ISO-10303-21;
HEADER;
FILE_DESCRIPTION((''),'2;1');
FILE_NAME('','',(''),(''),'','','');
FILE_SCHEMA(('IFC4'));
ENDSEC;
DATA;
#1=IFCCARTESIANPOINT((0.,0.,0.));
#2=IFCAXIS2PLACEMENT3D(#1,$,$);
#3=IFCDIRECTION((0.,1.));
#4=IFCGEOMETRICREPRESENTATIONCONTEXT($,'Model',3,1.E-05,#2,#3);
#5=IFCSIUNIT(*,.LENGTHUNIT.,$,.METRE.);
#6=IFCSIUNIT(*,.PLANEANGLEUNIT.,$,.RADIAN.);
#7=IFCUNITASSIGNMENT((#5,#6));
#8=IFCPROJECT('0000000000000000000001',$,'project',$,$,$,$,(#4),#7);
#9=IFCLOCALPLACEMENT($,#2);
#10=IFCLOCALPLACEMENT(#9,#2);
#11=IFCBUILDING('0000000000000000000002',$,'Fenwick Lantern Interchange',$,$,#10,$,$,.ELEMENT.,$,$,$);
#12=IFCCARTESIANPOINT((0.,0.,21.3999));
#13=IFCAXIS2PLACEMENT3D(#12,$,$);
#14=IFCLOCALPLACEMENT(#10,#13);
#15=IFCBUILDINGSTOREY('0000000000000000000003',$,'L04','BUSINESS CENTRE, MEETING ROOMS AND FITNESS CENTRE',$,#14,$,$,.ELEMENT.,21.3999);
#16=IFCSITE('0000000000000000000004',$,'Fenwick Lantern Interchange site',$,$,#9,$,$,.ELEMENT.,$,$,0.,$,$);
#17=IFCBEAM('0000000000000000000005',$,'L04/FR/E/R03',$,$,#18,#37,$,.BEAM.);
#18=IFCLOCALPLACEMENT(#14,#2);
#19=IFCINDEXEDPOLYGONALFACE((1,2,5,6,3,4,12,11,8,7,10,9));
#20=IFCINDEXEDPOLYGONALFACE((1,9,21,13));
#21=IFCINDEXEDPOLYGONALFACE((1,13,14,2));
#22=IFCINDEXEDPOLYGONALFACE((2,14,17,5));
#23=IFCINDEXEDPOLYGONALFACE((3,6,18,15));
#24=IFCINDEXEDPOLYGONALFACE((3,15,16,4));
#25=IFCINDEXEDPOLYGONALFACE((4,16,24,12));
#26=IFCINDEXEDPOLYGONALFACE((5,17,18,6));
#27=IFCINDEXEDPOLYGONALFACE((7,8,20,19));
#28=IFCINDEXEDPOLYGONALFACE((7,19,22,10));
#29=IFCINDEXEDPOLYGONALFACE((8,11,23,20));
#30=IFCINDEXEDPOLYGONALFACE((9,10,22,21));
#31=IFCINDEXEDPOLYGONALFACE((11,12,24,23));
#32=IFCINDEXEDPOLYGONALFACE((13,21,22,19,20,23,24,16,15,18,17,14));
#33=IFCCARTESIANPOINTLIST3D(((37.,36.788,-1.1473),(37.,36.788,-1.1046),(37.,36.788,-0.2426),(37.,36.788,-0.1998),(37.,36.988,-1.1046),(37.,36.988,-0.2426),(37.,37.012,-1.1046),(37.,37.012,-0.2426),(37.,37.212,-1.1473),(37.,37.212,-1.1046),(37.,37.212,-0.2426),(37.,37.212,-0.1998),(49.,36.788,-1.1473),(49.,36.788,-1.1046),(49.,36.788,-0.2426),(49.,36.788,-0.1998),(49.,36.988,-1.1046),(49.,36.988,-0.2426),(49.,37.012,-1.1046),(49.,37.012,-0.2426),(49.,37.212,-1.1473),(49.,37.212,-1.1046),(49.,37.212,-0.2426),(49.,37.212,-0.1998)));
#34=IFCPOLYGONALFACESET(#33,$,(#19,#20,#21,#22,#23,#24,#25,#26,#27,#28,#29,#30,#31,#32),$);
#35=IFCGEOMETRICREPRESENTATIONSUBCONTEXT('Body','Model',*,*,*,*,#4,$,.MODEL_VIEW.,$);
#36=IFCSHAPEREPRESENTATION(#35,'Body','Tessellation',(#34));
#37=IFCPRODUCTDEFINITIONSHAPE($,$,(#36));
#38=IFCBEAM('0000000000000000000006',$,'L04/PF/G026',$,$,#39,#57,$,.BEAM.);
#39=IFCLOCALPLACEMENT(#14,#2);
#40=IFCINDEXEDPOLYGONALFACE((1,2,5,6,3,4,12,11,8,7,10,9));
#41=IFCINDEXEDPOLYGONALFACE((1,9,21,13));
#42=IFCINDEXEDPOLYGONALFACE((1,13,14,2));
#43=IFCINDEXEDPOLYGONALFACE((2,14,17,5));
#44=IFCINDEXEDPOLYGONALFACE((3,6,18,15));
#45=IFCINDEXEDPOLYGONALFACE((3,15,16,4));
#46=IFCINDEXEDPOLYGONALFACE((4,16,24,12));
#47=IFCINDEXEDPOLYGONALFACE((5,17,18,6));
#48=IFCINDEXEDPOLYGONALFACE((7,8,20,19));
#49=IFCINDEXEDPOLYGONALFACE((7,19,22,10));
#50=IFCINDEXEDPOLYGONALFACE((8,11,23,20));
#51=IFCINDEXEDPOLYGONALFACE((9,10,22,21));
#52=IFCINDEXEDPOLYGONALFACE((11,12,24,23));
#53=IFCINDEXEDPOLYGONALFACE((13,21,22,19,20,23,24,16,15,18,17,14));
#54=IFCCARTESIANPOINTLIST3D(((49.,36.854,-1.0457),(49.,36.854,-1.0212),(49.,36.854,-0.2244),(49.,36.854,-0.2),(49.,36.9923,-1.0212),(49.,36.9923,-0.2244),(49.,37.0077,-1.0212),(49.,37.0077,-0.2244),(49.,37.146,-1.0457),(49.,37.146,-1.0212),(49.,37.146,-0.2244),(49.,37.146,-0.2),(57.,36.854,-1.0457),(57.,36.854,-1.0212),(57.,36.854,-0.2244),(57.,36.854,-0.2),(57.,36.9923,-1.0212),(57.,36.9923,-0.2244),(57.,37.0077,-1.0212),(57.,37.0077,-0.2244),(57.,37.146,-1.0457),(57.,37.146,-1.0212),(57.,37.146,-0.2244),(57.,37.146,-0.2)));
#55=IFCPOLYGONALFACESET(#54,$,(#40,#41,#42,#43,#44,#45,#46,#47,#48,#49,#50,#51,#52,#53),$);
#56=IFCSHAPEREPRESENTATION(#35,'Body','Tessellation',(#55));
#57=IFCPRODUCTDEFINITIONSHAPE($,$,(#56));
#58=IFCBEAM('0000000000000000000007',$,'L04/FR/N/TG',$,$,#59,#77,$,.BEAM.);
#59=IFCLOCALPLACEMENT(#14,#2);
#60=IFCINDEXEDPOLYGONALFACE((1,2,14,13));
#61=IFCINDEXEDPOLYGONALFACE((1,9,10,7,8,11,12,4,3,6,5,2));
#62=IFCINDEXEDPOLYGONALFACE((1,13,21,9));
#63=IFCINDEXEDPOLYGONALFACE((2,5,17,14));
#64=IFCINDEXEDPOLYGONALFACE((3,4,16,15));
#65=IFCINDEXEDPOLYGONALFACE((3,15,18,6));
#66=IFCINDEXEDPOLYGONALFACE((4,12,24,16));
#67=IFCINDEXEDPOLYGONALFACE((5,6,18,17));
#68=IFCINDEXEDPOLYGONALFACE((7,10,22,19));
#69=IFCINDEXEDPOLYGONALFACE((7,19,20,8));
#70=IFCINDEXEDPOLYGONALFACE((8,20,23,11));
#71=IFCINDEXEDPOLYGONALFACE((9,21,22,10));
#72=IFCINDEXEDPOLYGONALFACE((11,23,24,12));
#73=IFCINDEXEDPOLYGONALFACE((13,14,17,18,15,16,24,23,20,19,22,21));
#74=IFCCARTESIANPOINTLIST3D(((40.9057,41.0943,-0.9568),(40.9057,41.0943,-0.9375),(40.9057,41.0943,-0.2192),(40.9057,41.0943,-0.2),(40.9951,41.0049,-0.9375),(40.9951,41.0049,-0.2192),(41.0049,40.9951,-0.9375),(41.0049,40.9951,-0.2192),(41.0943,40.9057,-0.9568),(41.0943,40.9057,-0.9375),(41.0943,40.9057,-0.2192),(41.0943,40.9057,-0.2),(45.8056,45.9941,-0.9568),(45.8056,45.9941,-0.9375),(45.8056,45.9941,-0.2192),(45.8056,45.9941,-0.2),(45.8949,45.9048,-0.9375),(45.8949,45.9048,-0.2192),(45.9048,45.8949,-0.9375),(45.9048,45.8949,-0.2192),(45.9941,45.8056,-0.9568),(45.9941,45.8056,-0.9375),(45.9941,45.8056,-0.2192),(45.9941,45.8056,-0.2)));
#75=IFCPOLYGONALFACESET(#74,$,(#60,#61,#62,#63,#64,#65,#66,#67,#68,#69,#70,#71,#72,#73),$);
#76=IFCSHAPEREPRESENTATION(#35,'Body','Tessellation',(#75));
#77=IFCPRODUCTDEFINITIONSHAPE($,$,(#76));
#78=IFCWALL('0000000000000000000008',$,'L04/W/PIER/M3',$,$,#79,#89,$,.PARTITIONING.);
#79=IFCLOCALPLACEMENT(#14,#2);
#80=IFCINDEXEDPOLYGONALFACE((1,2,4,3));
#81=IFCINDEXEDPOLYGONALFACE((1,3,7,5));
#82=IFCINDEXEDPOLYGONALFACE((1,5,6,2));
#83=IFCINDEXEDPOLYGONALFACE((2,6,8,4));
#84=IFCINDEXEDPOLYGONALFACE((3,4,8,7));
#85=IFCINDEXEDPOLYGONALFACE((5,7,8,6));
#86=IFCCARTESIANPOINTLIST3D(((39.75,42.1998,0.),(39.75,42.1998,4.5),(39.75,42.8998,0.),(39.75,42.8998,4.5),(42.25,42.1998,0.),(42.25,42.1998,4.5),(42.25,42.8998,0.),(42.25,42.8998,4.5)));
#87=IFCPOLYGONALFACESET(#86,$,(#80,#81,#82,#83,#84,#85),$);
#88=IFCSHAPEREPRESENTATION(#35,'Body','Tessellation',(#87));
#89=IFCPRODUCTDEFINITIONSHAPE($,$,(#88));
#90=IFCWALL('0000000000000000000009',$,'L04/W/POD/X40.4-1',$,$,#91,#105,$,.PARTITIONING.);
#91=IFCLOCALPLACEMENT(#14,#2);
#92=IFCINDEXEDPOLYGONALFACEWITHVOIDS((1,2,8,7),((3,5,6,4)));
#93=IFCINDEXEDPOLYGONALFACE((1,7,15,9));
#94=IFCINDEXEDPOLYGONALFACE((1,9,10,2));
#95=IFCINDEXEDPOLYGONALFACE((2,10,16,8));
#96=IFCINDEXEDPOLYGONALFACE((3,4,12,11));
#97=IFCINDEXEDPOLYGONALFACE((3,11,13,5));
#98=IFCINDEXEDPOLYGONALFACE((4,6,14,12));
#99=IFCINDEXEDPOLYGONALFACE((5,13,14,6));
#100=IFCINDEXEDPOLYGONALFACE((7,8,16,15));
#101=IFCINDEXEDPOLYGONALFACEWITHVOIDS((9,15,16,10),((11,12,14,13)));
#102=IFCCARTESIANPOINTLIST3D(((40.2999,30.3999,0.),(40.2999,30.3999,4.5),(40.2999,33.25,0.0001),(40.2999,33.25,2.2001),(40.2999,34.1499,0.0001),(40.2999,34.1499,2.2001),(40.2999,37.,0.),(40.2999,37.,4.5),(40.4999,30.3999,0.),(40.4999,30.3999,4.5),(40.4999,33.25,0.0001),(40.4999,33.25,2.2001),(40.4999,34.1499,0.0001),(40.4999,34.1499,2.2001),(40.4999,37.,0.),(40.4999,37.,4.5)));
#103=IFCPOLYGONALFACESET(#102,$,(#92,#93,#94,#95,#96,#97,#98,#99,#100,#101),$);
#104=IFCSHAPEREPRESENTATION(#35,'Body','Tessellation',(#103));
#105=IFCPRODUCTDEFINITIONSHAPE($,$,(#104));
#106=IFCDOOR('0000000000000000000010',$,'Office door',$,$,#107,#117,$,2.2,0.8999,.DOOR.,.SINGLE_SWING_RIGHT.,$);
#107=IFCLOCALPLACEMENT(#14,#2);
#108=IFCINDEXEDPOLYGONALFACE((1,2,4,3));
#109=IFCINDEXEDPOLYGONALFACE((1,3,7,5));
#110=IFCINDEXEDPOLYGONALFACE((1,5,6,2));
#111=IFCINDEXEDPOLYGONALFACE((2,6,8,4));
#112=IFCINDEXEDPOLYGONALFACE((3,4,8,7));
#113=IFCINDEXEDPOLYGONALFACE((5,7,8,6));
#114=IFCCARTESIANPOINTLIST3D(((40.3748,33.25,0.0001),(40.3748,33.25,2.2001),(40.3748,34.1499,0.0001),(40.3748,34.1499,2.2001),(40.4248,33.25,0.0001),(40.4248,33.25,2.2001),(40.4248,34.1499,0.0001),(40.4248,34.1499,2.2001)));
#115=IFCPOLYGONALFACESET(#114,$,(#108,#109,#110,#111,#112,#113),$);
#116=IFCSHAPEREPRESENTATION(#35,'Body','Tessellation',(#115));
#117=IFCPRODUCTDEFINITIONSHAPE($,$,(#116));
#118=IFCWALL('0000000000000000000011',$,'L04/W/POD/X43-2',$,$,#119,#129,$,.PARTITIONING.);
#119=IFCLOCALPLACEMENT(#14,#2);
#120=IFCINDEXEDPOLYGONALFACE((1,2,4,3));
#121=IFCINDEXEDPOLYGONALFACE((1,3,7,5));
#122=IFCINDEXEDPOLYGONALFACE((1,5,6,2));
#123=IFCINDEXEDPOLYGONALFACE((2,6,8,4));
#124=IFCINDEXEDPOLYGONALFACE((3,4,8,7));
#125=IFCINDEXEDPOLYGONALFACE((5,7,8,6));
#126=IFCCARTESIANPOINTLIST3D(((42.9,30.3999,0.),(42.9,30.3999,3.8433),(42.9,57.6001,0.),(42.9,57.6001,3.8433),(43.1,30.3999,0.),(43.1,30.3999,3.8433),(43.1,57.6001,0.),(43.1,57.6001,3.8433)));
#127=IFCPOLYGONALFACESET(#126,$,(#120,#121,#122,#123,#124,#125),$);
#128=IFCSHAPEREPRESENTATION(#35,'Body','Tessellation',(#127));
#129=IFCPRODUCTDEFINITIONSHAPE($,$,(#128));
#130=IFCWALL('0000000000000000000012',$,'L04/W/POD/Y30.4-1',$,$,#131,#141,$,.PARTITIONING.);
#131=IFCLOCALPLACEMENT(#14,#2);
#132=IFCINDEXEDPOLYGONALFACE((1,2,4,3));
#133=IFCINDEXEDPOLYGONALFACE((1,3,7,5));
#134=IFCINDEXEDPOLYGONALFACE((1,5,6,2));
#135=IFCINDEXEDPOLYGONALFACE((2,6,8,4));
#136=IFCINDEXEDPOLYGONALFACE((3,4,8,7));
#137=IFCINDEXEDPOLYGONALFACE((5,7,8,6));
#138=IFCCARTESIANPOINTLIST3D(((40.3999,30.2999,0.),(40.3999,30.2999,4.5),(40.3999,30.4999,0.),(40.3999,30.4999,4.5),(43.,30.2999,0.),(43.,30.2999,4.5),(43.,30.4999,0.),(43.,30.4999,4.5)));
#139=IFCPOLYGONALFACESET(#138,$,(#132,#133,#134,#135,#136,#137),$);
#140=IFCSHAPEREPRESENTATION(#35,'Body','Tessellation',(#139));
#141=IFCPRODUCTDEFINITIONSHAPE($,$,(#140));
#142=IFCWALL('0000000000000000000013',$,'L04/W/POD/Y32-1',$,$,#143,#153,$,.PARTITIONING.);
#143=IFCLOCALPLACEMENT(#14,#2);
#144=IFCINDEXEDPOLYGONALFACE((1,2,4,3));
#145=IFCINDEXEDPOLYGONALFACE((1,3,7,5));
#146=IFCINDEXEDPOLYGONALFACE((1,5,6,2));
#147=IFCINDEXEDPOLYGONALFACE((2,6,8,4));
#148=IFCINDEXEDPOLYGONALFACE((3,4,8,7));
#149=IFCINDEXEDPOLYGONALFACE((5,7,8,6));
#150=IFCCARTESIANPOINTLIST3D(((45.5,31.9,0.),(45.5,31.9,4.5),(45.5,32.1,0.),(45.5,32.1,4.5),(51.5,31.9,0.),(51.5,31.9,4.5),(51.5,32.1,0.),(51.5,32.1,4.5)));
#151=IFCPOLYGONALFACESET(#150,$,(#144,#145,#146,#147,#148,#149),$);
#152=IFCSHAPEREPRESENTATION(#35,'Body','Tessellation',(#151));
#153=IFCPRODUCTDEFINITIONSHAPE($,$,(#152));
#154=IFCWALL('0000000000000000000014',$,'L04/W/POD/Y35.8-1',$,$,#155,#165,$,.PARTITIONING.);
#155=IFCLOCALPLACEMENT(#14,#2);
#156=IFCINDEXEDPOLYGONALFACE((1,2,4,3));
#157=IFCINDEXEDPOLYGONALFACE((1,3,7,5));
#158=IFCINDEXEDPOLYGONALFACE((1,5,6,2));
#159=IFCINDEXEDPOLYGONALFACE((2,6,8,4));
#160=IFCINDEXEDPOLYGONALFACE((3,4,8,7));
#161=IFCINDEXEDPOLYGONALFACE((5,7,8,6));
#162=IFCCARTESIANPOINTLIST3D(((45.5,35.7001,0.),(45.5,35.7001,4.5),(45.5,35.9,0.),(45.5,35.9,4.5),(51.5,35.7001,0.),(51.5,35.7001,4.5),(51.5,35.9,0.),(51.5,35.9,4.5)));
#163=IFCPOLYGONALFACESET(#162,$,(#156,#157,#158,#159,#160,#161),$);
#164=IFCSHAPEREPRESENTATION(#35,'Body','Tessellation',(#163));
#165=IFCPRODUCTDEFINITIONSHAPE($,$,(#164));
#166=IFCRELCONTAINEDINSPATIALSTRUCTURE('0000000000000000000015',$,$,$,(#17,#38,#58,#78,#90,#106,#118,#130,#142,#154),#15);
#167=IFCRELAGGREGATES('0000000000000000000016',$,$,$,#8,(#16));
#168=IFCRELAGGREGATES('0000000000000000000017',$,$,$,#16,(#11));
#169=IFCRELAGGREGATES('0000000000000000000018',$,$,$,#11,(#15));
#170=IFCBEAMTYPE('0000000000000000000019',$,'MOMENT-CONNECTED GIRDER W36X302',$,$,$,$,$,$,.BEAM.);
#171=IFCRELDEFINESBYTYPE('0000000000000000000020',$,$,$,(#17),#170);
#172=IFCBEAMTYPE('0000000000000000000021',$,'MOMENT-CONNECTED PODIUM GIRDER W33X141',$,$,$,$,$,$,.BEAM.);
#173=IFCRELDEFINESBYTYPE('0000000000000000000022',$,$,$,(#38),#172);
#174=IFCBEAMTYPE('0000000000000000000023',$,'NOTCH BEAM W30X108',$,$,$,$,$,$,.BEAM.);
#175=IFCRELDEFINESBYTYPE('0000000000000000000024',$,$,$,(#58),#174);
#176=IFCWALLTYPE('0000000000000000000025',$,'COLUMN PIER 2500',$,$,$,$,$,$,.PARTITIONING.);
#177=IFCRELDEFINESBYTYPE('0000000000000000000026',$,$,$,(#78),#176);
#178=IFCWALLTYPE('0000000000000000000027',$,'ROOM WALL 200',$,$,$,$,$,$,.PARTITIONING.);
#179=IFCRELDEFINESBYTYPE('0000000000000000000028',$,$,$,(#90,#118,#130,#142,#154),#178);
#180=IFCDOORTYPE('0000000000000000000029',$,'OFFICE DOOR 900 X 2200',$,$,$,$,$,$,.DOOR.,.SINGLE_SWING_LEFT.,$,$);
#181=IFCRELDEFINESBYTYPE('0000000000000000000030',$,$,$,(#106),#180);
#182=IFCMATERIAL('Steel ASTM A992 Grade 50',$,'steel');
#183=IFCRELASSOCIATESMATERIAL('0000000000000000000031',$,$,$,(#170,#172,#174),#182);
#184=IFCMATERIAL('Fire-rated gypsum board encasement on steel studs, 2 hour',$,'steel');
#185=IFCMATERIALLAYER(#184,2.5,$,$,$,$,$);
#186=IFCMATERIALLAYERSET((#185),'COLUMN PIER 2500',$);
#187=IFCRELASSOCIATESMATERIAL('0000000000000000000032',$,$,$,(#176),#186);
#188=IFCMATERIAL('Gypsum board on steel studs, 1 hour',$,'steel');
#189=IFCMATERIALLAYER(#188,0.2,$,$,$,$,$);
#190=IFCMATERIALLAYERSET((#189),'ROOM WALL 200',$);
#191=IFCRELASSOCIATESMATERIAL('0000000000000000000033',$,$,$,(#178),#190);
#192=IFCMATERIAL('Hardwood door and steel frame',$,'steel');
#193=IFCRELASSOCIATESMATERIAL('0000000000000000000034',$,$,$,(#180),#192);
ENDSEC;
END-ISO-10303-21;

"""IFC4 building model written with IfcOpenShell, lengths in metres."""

from ifc_helpers import new_model, si_unit, direction, frame, frame_2d, origin, origin_2d, place, context, subcontext, project, spatial, rectangle, i_section, extrude, material, layer, layer_set, material_profile, profile_set, type_object, element, fill, save


model = new_model("IFC4")

# Units and contexts
model_context = context("Model", 3, precision=1e-05, world=origin(), true_north=direction((0.0, 1.0)))
body_context = subcontext(model_context, "Body", "Model", "MODEL_VIEW")
ifc_project = project(units=[si_unit("LENGTHUNIT", "METRE"), si_unit("PLANEANGLEUNIT", "RADIAN")], contexts=[model_context])

# Site, building, storey
site_placement = place(None, origin())
site = spatial("IfcSite", under=ifc_project, at=site_placement, Name="Fenwick Lantern Interchange site", CompositionType="ELEMENT", RefElevation=0.0)
building_placement = place(site_placement, origin())
building = spatial("IfcBuilding", under=site, at=building_placement, Name="Fenwick Lantern Interchange", CompositionType="ELEMENT")
storey_placement = place(building_placement, frame((0.0, 0.0, 21.3999)))
storey = spatial("IfcBuildingStorey", under=building, at=storey_placement, Name="L04", Description="BUSINESS CENTRE, MEETING ROOMS AND FITNESS CENTRE", CompositionType="ELEMENT", Elevation=21.3999)

# Beams
ifc_material_1 = material(Name="Steel ASTM A992 Grade 50", Category="steel")
ifc_material_profile_1 = material_profile(ifc_material_1, i_section(OverallWidth=0.4241, OverallDepth=0.9475, WebThickness=0.0239, FlangeThickness=0.0427, at=origin_2d()), Name="W36X302")
ifc_profile_set_1 = profile_set([ifc_material_profile_1], Name="Steel ASTM A992 Grade 50")
beam_type_1 = type_object("IfcBeamType", Name="MOMENT-CONNECTED GIRDER W36X302", PredefinedType="BEAM", material=ifc_profile_set_1)
beam_1_placement = place(storey_placement, frame((49.0, 37.0, -0.6736), z_axis=(-1.0, 0.0, 0.0), x_axis=(0.0, -1.0, 0.0)))
element("IfcBeam", 1, at=beam_1_placement, inside=storey, type_object=beam_type_1, Name="L04/FR/E/R03", PredefinedType="BEAM", context=body_context, shape_type="SweptSolid", body=[
    extrude(i_section(OverallWidth=0.4241, OverallDepth=0.9475, WebThickness=0.0239, FlangeThickness=0.0427, at=origin_2d()), origin(), (0.0, 0.0, 1.0), 12.0),
])
ifc_material_profile_2 = material_profile(ifc_material_1, i_section(OverallWidth=0.292, OverallDepth=0.8457, WebThickness=0.0154, FlangeThickness=0.0244, at=origin_2d()), Name="W33X141")
ifc_profile_set_2 = profile_set([ifc_material_profile_2], Name="Steel ASTM A992 Grade 50")
beam_type_2 = type_object("IfcBeamType", Name="MOMENT-CONNECTED PODIUM GIRDER W33X141", PredefinedType="BEAM", material=ifc_profile_set_2)
beam_2_placement = place(storey_placement, frame((49.0, 37.0, -0.6228), z_axis=(1.0, 0.0, 0.0), x_axis=(0.0, 1.0, 0.0)))
element("IfcBeam", 2, at=beam_2_placement, inside=storey, type_object=beam_type_2, Name="L04/PF/G026", PredefinedType="BEAM", context=body_context, shape_type="SweptSolid", body=[
    extrude(i_section(OverallWidth=0.292, OverallDepth=0.8457, WebThickness=0.0154, FlangeThickness=0.0244, at=origin_2d()), origin(), (0.0, 0.0, 1.0), 8.0),
])
ifc_material_profile_3 = material_profile(ifc_material_1, i_section(OverallWidth=0.2666, OverallDepth=0.7568, WebThickness=0.0139, FlangeThickness=0.0193, at=origin_2d()), Name="W30X108")
ifc_profile_set_3 = profile_set([ifc_material_profile_3], Name="Steel ASTM A992 Grade 50")
beam_type_3 = type_object("IfcBeamType", Name="NOTCH BEAM W30X108", PredefinedType="BEAM", material=ifc_profile_set_3)
beam_3_placement = place(storey_placement, frame((41.0, 41.0, -0.5784), z_axis=(0.707107, 0.707107, 0.0), x_axis=(-0.707107, 0.707107, 0.0)))
element("IfcBeam", 3, at=beam_3_placement, inside=storey, type_object=beam_type_3, Name="L04/FR/N/TG", PredefinedType="BEAM", context=body_context, shape_type="SweptSolid", body=[
    extrude(i_section(OverallWidth=0.2666, OverallDepth=0.7568, WebThickness=0.0139, FlangeThickness=0.0193, at=origin_2d()), origin(), (0.0, 0.0, 1.0), 6.9294),
])

# Wall
ifc_material_2 = material(Name="Fire-rated gypsum board encasement on steel studs, 2 hour", Category="steel")
ifc_layer_1 = layer(ifc_material_2, 2.5)
ifc_layer_set_1 = layer_set([ifc_layer_1], Name="COLUMN PIER 2500")
wall_type_1 = type_object("IfcWallType", Name="COLUMN PIER 2500", PredefinedType="PARTITIONING", material=ifc_layer_set_1)
wall_1_placement = place(storey_placement, frame((41.0, 42.8999, 0.0), z_axis=(0.0, 0.0, 1.0), x_axis=(0.0, -1.0, 0.0)))
element("IfcWall", 4, at=wall_1_placement, inside=storey, type_object=wall_type_1, Name="L04/W/PIER/M3", PredefinedType="PARTITIONING", context=body_context, shape_type="SweptSolid", body=[
    extrude(rectangle(XDim=0.7, YDim=2.5, at=frame_2d((0.3501, 0.0))), origin(), (0.0, 0.0, 1.0), 4.5),
])

# Wall, opening, door
ifc_material_3 = material(Name="Gypsum board on steel studs, 1 hour", Category="steel")
ifc_layer_2 = layer(ifc_material_3, 0.2)
ifc_layer_set_2 = layer_set([ifc_layer_2], Name="ROOM WALL 200")
wall_type_2 = type_object("IfcWallType", Name="ROOM WALL 200", PredefinedType="PARTITIONING", material=ifc_layer_set_2)
wall_2_placement = place(storey_placement, frame((40.3999, 30.3999, 0.0), z_axis=(0.0, 0.0, 1.0), x_axis=(0.0, 1.0, 0.0)))
wall_2 = element("IfcWall", 5, at=wall_2_placement, inside=storey, type_object=wall_type_2, Name="L04/W/POD/X40.4-1", PredefinedType="PARTITIONING", context=body_context, shape_type="SweptSolid", body=[
    extrude(rectangle(XDim=6.6001, YDim=0.2, at=frame_2d((3.3, 0.0))), origin(), (0.0, 0.0, 1.0), 4.5),
])
opening_1_placement = place(wall_2_placement, frame((2.8501, 0.0, 0.0)))
opening_1 = element("IfcOpeningElement", 6, at=opening_1_placement, cuts=wall_2, PredefinedType="OPENING", context=body_context, shape_type="SweptSolid", body=[
    extrude(rectangle(XDim=0.8999, YDim=2.2, at=frame_2d((0.45, 1.1001))), frame((0.0, 0.1099, 0.0), z_axis=(0.0, -1.0, 0.0), x_axis=(1.0, 0.0, 0.0)), (0.0, 0.0, 1.0), 0.22),
])
ifc_material_4 = material(Name="Hardwood door and steel frame", Category="steel")
door_type_1 = type_object("IfcDoorType", Name="OFFICE DOOR 900 X 2200", OperationType="SINGLE_SWING_LEFT", PredefinedType="DOOR", material=ifc_material_4)
door_1_placement = place(opening_1_placement, frame((0.8999, 0.0, 0.0), z_axis=(0.0, 0.0, 1.0), x_axis=(-1.0, 0.0, 0.0)))
door_1 = element("IfcDoor", 7, at=door_1_placement, inside=storey, type_object=door_type_1, Name="Office door", OperationType="SINGLE_SWING_RIGHT", OverallHeight=2.2, OverallWidth=0.8999, PredefinedType="DOOR", context=body_context, shape_type="SweptSolid", body=[
    extrude(rectangle(XDim=0.8999, YDim=2.2, at=frame_2d((0.45, 1.1001))), frame((0.0, 0.0249, 0.0), z_axis=(0.0, -1.0, 0.0), x_axis=(1.0, 0.0, 0.0)), (0.0, 0.0, 1.0), 0.05),
])
fill(opening_1, door_1)

# Walls
wall_3_placement = place(storey_placement, frame((43.0, 30.3999, 0.0), z_axis=(0.0, 0.0, 1.0), x_axis=(0.0, 1.0, 0.0)))
element("IfcWall", 8, at=wall_3_placement, inside=storey, type_object=wall_type_2, Name="L04/W/POD/X43-2", PredefinedType="PARTITIONING", context=body_context, shape_type="SweptSolid", body=[
    extrude(rectangle(XDim=27.2002, YDim=0.2, at=frame_2d((13.6001, 0.0))), origin(), (0.0, 0.0, 1.0), 3.8433),
])
wall_4_placement = place(storey_placement, frame((40.3999, 30.3999, 0.0), z_axis=(0.0, 0.0, 1.0), x_axis=(1.0, 0.0, 0.0)))
element("IfcWall", 9, at=wall_4_placement, inside=storey, type_object=wall_type_2, Name="L04/W/POD/Y30.4-1", PredefinedType="PARTITIONING", context=body_context, shape_type="SweptSolid", body=[
    extrude(rectangle(XDim=2.6001, YDim=0.2, at=frame_2d((1.3, 0.0))), origin(), (0.0, 0.0, 1.0), 4.5),
])
for number, where, z_axis, x_axis, name in (
    (10, (45.5, 32.0, 0.0), (0.0, 0.0, 1.0), (1.0, 0.0, 0.0), "L04/W/POD/Y32-1"),
    (11, (45.5, 35.8, 0.0), (0.0, 0.0, 1.0), (1.0, 0.0, 0.0), "L04/W/POD/Y35.8-1"),
):
    element("IfcWall", number, at=place(storey_placement, frame(where, z_axis=z_axis, x_axis=x_axis)), inside=storey, type_object=wall_type_2, Name=name, PredefinedType="PARTITIONING", context=body_context, shape_type="SweptSolid", body=[
        extrude(rectangle(XDim=6.0, YDim=0.2, at=frame_2d((3.0, 0.0))), origin(), (0.0, 0.0, 1.0), 4.5),
    ])

save(model, "model.ifc")
